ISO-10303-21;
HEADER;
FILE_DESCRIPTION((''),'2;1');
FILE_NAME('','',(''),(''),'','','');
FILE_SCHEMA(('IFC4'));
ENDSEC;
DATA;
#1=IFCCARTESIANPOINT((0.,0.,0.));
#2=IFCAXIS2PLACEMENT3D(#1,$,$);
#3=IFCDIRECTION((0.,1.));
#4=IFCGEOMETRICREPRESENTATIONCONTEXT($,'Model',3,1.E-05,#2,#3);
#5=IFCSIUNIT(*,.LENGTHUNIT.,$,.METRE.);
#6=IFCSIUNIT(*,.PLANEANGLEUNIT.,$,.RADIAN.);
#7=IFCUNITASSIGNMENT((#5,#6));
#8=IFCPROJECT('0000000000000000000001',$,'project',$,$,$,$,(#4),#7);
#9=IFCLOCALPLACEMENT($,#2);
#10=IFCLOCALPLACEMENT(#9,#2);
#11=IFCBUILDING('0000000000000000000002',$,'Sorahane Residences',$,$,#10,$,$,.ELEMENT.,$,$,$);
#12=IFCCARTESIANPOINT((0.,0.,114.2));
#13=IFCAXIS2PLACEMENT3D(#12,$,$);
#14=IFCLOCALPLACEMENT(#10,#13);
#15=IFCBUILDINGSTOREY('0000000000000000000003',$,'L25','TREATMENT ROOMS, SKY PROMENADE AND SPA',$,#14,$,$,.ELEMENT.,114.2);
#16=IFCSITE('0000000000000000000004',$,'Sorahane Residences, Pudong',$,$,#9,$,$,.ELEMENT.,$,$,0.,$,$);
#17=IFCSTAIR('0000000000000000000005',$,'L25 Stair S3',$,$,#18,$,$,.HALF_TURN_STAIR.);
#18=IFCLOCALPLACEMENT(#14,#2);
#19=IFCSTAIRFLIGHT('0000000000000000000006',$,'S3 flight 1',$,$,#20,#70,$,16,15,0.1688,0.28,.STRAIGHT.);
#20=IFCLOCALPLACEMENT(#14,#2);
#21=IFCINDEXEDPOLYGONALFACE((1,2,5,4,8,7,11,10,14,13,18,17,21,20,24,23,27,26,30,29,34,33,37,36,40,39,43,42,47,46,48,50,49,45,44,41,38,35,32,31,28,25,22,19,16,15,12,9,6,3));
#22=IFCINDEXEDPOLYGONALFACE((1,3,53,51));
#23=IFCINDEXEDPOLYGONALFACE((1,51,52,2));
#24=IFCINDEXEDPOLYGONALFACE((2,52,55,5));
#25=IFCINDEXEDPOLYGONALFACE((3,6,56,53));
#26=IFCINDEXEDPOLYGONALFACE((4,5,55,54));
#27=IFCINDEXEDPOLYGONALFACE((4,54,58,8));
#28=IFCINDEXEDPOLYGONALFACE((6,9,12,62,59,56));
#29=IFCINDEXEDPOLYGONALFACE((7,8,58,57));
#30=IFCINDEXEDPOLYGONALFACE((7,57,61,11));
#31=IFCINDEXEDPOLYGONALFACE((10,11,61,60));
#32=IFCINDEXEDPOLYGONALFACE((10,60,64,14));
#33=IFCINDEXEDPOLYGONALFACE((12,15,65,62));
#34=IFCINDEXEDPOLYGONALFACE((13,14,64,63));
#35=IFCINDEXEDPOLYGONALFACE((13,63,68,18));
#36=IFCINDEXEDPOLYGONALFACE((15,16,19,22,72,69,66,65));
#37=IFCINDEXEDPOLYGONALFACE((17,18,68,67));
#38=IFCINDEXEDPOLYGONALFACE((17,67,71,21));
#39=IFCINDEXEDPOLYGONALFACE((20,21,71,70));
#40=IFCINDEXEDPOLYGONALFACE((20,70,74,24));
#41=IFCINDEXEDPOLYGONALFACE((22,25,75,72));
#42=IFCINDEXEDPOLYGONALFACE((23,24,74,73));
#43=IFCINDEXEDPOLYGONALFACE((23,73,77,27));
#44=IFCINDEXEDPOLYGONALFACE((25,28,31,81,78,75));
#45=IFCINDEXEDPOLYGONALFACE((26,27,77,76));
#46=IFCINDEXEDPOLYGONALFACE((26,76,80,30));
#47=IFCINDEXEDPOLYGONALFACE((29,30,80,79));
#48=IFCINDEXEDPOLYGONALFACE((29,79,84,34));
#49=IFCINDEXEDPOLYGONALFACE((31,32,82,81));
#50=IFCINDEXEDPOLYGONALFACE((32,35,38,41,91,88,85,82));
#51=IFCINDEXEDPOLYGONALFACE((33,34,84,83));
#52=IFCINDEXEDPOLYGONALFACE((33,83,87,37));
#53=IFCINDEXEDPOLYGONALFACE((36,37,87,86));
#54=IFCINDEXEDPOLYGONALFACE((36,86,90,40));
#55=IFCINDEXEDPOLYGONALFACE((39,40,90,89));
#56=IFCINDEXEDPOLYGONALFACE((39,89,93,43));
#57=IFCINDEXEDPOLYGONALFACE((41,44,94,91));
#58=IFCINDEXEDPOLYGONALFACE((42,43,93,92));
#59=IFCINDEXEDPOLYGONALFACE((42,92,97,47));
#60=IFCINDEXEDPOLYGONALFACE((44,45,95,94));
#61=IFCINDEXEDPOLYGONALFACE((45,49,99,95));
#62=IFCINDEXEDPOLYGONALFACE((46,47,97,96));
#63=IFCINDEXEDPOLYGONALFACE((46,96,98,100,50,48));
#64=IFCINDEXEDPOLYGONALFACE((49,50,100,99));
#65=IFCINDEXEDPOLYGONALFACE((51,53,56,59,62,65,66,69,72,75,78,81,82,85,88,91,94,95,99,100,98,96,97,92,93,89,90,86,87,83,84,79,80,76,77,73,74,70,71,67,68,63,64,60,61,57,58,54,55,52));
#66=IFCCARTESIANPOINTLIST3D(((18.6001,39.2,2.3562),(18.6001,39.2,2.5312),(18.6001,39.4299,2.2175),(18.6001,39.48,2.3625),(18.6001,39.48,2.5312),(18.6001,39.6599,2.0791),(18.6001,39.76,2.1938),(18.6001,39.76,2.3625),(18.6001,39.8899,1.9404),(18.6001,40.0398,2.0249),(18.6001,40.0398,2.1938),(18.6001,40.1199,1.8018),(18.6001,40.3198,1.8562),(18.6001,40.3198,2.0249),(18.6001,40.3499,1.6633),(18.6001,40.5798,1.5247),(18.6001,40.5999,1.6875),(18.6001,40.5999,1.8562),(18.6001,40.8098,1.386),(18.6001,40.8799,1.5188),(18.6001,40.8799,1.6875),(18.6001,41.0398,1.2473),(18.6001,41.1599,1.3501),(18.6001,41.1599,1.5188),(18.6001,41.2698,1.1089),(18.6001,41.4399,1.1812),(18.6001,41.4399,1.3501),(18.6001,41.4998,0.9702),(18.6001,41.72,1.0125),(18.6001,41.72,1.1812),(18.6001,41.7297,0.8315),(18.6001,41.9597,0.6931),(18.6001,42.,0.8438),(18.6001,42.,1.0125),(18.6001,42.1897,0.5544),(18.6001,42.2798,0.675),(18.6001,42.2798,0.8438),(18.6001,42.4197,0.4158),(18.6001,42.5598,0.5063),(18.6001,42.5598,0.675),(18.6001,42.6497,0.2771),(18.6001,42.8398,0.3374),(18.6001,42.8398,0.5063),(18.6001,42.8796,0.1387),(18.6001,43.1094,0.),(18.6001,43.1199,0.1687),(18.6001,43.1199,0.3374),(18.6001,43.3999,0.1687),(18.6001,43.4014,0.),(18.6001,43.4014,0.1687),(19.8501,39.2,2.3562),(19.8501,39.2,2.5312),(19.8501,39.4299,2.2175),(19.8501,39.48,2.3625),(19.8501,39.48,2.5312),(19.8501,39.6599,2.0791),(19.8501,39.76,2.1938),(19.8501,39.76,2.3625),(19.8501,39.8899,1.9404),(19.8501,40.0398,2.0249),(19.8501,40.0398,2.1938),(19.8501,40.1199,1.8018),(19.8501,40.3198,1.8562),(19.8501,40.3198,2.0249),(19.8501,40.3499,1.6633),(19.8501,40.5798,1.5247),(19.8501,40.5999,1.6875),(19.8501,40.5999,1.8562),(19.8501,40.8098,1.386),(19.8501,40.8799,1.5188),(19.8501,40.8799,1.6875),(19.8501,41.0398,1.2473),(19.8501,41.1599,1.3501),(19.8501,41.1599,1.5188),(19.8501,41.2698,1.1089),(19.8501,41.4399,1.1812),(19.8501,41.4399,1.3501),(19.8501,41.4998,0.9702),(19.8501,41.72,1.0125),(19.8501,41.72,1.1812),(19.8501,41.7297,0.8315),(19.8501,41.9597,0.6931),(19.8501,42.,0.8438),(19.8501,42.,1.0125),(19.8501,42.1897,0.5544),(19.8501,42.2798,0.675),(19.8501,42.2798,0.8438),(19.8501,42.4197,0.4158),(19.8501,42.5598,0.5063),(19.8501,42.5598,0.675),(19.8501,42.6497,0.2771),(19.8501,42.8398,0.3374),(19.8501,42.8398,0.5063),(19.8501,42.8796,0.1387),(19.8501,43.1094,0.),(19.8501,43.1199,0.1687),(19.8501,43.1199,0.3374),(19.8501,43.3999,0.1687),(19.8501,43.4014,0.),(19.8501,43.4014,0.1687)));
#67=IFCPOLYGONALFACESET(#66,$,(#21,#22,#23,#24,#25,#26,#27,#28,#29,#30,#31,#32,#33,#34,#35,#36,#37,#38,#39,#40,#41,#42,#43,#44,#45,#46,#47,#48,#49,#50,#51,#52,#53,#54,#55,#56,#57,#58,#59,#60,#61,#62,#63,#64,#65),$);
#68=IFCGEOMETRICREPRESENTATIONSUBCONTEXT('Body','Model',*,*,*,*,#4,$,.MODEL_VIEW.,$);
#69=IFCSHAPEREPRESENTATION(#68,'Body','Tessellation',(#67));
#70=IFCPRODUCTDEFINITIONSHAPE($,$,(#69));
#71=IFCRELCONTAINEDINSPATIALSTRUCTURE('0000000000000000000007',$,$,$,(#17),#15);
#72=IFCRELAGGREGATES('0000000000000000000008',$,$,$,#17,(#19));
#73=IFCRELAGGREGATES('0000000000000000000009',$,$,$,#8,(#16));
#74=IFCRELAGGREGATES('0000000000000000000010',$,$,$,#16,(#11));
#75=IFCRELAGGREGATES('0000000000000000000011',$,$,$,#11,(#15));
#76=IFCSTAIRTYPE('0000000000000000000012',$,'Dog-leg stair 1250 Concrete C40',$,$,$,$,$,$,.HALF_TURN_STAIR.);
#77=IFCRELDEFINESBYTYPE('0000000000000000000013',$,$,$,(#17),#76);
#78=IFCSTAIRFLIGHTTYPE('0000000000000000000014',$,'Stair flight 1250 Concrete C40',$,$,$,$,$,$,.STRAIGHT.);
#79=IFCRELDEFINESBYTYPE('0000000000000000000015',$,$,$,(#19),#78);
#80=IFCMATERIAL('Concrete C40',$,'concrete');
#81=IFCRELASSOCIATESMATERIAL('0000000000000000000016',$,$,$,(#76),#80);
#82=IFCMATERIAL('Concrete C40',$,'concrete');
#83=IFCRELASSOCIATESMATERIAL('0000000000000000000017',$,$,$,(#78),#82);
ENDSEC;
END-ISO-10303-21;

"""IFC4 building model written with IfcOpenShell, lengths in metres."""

from ifc_helpers import new_model, si_unit, direction, frame, origin, place, context, subcontext, project, spatial, polyline, outline, extrude, material, type_object, element, aggregate, save


model = new_model("IFC4")

# Units and contexts
model_context = context("Model", 3, precision=1e-05, world=origin(), true_north=direction((0.0, 1.0)))
body_context = subcontext(model_context, "Body", "Model", "MODEL_VIEW")
ifc_project = project(units=[si_unit("LENGTHUNIT", "METRE"), si_unit("PLANEANGLEUNIT", "RADIAN")], contexts=[model_context])

# Site, building, storey
site_placement = place(None, origin())
site = spatial("IfcSite", under=ifc_project, at=site_placement, Name="Sorahane Residences, Pudong", CompositionType="ELEMENT", RefElevation=0.0)
building_placement = place(site_placement, origin())
building = spatial("IfcBuilding", under=site, at=building_placement, Name="Sorahane Residences", CompositionType="ELEMENT")
storey_placement = place(building_placement, frame((0.0, 0.0, 114.2)))
storey = spatial("IfcBuildingStorey", under=building, at=storey_placement, Name="L25", Description="TREATMENT ROOMS, SKY PROMENADE AND SPA", CompositionType="ELEMENT", Elevation=114.2)

# Shared definitions
ifc_material_1 = material(Name="Concrete C40", Category="concrete")
stair_type = type_object("IfcStairType", Name="Dog-leg stair 1250 Concrete C40", PredefinedType="HALF_TURN_STAIR", material=ifc_material_1)
ifc_material_2 = material(Name="Concrete C40", Category="concrete")
stair_flight_type = type_object("IfcStairFlightType", Name="Stair flight 1250 Concrete C40", PredefinedType="STRAIGHT", material=ifc_material_2)

# Stair, stair flight
stair_1_placement = place(storey_placement, origin())
stair_1 = element("IfcStair", 1, at=stair_1_placement, inside=storey, type_object=stair_type, Name="L25 Stair S3", PredefinedType="HALF_TURN_STAIR")
stair_flight_1_placement = place(storey_placement, frame((19.2251, 43.3999, 0.0), z_axis=(0.0, 0.0, 1.0), x_axis=(0.0, -1.0, 0.0)))
stair_flight_1 = element("IfcStairFlight", 2, at=stair_flight_1_placement, type_object=stair_flight_type, Name="S3 flight 1", NumberOfRisers=16, NumberOfTreads=15, PredefinedType="STRAIGHT", RiserHeight=0.1688, TreadLength=0.28, context=body_context, shape_type="SweptSolid", body=[
    extrude(outline(polyline([(-0.0015, 0.0), (-0.0015, 0.1687), (0.0, 0.1687), (0.28, 0.1687), (0.28, 0.3374), (0.5601, 0.3374), (0.5601, 0.5063), (0.8401, 0.5063), (0.8401, 0.675), (1.1201, 0.675), (1.1201, 0.8438), (1.3999, 0.8438), (1.3999, 1.0125), (1.6799, 1.0125), (1.6799, 1.1812), (1.96, 1.1812), (1.96, 1.3501), (2.24, 1.3501), (2.24, 1.5188), (2.52, 1.5188), (2.52, 1.6875), (2.8, 1.6875), (2.8, 1.8562), (3.0801, 1.8562), (3.0801, 2.0249), (3.3601, 2.0249), (3.3601, 2.1938), (3.6399, 2.1938), (3.6399, 2.3625), (3.9199, 2.3625), (3.9199, 2.5312), (4.2, 2.5312), (4.2, 2.7), (4.2, 2.3562), (3.97, 2.2175), (3.74, 2.0791), (3.51, 1.9404), (3.28, 1.8018), (3.05, 1.6633), (2.8201, 1.5247), (2.5901, 1.386), (2.3601, 1.2473), (2.1301, 1.1089), (1.9001, 0.9702), (1.6702, 0.8315), (1.4402, 0.6931), (1.2102, 0.5544), (0.9802, 0.4158), (0.7502, 0.2771), (0.5203, 0.1387), (0.2905, 0.0), (-0.0015, 0.0)])), frame((0.0, 0.625, 0.0), z_axis=(0.0, -1.0, 0.0), x_axis=(1.0, 0.0, 0.0)), (0.0, 0.0, 1.0), 1.25),
])
aggregate(stair_1, [stair_flight_1])

save(model, "model.ifc")
